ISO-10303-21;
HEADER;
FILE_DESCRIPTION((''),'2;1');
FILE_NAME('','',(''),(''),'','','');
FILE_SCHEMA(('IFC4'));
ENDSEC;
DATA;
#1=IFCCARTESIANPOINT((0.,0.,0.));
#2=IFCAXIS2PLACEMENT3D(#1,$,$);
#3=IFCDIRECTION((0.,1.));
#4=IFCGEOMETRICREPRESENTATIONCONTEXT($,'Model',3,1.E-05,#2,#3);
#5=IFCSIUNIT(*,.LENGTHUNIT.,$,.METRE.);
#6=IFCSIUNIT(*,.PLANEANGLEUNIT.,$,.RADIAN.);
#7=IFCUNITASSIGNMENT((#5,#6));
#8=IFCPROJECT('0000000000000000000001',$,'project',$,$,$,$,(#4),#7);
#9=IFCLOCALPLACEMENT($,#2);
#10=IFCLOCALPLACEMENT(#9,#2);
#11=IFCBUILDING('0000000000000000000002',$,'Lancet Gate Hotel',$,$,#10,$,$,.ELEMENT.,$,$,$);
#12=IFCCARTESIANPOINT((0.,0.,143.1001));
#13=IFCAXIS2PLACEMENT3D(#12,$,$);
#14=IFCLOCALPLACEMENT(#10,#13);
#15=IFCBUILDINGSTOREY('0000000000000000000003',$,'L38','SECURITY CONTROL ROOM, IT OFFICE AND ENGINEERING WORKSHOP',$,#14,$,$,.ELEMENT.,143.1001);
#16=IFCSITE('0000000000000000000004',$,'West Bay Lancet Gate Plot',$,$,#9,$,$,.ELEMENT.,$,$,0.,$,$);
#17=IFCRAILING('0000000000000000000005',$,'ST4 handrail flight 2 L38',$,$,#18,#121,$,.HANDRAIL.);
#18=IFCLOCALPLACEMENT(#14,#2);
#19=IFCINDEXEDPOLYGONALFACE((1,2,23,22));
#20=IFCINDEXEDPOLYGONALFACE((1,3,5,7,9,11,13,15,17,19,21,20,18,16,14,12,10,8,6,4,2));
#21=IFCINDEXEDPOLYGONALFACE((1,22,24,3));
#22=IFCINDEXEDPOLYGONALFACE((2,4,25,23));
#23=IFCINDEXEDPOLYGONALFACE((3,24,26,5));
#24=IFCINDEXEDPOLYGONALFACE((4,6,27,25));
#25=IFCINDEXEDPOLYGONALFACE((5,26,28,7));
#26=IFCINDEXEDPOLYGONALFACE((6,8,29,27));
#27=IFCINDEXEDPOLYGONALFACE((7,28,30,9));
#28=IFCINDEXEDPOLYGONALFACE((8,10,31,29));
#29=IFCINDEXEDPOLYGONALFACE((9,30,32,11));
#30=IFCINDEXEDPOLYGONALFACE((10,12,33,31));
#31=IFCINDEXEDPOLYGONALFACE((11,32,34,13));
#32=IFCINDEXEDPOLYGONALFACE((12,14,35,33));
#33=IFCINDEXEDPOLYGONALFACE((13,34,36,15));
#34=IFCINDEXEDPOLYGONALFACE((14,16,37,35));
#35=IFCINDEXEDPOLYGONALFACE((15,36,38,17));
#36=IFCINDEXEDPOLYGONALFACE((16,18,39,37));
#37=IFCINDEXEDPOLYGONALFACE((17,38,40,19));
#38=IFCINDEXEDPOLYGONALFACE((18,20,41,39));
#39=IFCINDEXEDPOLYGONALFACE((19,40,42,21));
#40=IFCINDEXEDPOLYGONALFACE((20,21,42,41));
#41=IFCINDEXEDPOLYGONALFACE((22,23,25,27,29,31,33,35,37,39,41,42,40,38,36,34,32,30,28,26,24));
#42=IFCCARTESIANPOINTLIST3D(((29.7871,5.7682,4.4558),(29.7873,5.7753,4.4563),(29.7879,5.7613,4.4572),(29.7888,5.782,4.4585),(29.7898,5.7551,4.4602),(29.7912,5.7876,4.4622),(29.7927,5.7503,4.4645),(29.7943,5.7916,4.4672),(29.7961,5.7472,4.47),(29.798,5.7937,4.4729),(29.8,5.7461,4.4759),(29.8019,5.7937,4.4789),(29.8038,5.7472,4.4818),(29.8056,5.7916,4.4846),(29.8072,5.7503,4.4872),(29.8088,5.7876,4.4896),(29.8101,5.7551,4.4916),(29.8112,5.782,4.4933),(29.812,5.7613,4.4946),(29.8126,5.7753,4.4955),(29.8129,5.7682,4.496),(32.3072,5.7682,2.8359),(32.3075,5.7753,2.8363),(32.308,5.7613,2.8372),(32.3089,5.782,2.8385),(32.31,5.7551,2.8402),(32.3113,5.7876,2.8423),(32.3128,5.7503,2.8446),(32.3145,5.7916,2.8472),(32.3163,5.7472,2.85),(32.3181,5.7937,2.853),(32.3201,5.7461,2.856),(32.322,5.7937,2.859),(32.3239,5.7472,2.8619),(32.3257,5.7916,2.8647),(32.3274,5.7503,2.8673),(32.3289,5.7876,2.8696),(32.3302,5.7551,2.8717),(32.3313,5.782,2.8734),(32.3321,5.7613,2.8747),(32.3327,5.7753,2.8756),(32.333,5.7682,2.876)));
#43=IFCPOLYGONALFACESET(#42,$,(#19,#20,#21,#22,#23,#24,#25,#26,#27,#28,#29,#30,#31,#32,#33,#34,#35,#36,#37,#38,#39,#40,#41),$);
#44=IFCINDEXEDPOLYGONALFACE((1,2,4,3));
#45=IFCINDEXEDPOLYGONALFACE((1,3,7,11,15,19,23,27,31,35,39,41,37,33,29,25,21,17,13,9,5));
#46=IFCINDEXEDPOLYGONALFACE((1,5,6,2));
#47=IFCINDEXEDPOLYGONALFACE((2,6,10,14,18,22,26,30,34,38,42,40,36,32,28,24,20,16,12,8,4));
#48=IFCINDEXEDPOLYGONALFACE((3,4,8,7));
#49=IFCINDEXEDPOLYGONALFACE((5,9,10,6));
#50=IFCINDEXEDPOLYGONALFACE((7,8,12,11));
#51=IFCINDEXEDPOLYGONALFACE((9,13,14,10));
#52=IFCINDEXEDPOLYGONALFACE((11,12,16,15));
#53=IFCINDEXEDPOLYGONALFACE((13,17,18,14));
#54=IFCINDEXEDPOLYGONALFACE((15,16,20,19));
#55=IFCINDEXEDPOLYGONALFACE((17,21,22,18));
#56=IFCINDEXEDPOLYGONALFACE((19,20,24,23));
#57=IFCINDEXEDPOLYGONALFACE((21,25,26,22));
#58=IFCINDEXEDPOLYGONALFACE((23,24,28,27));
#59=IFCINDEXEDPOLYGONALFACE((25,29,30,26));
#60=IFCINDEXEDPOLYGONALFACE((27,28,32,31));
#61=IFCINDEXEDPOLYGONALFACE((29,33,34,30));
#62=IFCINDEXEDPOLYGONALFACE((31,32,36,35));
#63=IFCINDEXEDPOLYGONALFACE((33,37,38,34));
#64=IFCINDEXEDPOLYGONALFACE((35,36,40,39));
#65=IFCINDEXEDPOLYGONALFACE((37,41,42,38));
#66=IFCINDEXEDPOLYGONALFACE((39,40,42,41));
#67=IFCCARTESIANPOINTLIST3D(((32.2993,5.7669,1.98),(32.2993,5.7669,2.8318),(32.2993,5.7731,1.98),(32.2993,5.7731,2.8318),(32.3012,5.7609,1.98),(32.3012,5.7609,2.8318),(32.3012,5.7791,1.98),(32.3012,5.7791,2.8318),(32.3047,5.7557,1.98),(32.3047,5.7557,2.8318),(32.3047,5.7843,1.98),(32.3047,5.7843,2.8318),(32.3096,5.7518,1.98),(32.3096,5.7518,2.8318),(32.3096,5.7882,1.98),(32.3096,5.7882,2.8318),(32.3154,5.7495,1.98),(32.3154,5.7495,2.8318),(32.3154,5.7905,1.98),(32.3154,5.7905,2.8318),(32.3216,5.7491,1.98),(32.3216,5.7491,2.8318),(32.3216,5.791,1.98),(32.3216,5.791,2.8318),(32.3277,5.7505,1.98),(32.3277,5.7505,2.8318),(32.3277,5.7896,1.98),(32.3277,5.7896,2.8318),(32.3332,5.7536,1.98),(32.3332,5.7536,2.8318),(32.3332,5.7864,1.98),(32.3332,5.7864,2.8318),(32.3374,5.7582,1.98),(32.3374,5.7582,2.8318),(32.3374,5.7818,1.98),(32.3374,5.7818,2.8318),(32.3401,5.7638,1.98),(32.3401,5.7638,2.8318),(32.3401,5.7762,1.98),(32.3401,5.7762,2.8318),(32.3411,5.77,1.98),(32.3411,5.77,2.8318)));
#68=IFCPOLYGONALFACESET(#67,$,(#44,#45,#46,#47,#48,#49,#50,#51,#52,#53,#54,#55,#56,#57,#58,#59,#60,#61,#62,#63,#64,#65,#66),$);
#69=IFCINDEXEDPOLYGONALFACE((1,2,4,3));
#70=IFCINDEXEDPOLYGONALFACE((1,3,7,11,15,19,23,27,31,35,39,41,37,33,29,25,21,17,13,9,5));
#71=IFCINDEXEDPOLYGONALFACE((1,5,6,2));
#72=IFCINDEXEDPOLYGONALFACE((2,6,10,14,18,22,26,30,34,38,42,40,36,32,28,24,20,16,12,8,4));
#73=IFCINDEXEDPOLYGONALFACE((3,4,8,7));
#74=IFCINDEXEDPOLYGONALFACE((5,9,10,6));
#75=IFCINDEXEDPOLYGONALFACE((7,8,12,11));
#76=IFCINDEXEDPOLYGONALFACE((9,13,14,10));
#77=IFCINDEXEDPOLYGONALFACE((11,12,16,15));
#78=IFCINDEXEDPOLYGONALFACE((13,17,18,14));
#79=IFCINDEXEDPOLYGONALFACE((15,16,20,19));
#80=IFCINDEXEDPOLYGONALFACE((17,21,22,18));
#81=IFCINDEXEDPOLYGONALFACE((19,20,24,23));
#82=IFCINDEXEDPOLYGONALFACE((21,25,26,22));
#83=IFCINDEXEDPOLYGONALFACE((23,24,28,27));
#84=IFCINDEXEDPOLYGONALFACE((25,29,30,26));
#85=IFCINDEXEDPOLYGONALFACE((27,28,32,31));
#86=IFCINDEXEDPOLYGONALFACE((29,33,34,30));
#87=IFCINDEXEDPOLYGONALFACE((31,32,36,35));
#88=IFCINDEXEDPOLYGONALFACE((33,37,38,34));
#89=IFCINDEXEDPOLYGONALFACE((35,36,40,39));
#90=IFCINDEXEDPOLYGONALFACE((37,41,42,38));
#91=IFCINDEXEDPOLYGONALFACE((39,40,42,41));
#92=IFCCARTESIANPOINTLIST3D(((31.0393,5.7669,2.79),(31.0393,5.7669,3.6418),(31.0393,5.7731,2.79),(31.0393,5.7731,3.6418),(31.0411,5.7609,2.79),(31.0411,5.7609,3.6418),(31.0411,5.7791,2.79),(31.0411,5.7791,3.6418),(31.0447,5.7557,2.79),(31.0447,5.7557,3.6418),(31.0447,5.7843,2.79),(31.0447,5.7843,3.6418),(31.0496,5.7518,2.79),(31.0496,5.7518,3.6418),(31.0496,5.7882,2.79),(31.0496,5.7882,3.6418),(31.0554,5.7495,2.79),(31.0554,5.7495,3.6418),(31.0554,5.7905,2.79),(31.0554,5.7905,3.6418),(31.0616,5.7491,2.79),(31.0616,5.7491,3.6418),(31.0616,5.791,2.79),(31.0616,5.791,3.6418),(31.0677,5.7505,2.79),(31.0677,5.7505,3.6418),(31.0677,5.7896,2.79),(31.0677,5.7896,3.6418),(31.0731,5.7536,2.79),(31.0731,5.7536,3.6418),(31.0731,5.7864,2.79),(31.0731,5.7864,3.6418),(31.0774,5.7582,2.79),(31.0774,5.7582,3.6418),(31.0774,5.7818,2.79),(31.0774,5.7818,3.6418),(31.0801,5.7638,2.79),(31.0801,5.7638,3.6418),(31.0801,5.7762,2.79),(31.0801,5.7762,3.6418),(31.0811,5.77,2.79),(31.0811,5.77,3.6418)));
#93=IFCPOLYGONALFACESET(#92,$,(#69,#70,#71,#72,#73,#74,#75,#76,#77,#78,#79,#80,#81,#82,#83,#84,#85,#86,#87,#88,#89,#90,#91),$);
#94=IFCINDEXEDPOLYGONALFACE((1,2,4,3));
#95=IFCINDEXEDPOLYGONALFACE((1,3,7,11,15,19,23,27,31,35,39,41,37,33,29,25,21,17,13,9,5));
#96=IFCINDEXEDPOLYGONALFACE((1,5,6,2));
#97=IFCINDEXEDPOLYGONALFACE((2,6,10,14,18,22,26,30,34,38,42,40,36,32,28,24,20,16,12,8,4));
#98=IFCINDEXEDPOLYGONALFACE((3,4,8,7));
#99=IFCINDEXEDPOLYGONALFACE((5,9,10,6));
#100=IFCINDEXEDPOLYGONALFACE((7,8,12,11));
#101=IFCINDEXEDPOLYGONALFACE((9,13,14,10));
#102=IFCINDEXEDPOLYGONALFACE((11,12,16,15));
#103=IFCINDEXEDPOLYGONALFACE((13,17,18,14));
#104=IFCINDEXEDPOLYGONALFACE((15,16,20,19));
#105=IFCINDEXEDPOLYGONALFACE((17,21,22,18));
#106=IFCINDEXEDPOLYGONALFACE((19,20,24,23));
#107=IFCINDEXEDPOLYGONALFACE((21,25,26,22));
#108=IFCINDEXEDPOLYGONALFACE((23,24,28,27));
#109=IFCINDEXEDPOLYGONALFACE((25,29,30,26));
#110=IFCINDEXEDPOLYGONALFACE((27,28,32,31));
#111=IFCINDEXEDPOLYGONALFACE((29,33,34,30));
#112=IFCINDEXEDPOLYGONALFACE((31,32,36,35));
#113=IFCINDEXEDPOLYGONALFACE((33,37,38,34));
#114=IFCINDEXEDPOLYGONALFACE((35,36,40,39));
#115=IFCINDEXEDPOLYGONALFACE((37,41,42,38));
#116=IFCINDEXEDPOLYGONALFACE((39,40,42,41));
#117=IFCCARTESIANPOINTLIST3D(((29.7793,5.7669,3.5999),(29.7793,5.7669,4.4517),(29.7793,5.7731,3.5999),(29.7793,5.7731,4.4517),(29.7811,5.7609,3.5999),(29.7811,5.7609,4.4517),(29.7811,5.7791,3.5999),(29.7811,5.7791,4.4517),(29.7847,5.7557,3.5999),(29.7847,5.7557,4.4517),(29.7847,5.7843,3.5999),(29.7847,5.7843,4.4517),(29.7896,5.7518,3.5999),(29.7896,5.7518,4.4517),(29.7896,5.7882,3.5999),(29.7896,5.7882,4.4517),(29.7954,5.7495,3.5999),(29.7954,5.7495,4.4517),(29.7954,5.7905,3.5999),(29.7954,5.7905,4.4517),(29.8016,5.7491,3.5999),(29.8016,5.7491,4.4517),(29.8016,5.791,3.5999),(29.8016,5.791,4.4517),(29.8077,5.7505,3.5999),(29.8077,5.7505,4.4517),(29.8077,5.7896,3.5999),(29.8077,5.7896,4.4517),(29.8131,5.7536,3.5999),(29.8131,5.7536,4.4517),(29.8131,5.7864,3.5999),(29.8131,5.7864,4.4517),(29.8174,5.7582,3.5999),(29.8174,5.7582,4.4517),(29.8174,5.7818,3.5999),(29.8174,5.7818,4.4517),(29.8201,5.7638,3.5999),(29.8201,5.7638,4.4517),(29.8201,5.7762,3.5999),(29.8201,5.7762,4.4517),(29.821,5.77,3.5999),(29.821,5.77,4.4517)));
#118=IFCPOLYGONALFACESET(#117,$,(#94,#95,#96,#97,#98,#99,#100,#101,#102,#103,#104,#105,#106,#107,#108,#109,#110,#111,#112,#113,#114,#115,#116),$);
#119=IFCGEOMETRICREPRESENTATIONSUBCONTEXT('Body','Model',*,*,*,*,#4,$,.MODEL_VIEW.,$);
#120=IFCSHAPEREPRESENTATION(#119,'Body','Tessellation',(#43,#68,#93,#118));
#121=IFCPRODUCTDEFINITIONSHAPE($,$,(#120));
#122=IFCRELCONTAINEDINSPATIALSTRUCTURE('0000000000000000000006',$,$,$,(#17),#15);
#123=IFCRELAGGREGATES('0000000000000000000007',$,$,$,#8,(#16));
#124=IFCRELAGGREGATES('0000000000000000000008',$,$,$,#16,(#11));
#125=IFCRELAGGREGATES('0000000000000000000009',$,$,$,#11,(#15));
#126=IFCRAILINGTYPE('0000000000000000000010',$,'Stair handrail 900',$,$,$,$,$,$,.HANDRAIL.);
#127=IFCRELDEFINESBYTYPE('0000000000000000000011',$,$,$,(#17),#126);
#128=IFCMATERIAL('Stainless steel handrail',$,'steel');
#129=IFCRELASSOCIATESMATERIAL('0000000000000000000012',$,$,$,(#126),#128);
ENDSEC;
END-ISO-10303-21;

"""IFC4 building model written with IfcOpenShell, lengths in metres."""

from ifc_helpers import new_model, si_unit, direction, frame, origin, origin_2d, place, context, subcontext, project, spatial, circle, extrude, material, type_object, element, save


model = new_model("IFC4")

# Units and contexts
model_context = context("Model", 3, precision=1e-05, world=origin(), true_north=direction((0.0, 1.0)))
body_context = subcontext(model_context, "Body", "Model", "MODEL_VIEW")
ifc_project = project(units=[si_unit("LENGTHUNIT", "METRE"), si_unit("PLANEANGLEUNIT", "RADIAN")], contexts=[model_context])

# Site, building, storey
site_placement = place(None, origin())
site = spatial("IfcSite", under=ifc_project, at=site_placement, Name="West Bay Lancet Gate Plot", CompositionType="ELEMENT", RefElevation=0.0)
building_placement = place(site_placement, origin())
building = spatial("IfcBuilding", under=site, at=building_placement, Name="Lancet Gate Hotel", CompositionType="ELEMENT")
storey_placement = place(building_placement, frame((0.0, 0.0, 143.1001)))
storey = spatial("IfcBuildingStorey", under=building, at=storey_placement, Name="L38", Description="SECURITY CONTROL ROOM, IT OFFICE AND ENGINEERING WORKSHOP", CompositionType="ELEMENT", Elevation=143.1001)

# Railing
ifc_material_1 = material(Name="Stainless steel handrail", Category="steel")
railing_type = type_object("IfcRailingType", Name="Stair handrail 900", PredefinedType="HANDRAIL", material=ifc_material_1)
railing_1_placement = place(storey_placement, frame((32.3201, 5.77, 1.98)))
element("IfcRailing", 1, at=railing_1_placement, inside=storey, type_object=railing_type, Name="ST4 handrail flight 2 L38", PredefinedType="HANDRAIL", context=body_context, shape_type="SweptSolid", body=[
    extrude(circle(Radius=0.0239, at=origin_2d()), frame((0.0, 0.0, 0.876), z_axis=(-0.8412, 0.0, 0.540725), x_axis=(0.0, -1.0, 0.0)), (0.0, 0.0, 1.0), 2.9958),
    extrude(circle(Radius=0.021, at=origin_2d()), origin(), (0.0, 0.0, 1.0), 0.8518),
    extrude(circle(Radius=0.021, at=origin_2d()), frame((-1.26, 0.0, 0.8101)), (0.0, 0.0, 1.0), 0.8518),
    extrude(circle(Radius=0.021, at=origin_2d()), frame((-2.52, 0.0, 1.6199)), (0.0, 0.0, 1.0), 0.8518),
])

save(model, "model.ifc")
